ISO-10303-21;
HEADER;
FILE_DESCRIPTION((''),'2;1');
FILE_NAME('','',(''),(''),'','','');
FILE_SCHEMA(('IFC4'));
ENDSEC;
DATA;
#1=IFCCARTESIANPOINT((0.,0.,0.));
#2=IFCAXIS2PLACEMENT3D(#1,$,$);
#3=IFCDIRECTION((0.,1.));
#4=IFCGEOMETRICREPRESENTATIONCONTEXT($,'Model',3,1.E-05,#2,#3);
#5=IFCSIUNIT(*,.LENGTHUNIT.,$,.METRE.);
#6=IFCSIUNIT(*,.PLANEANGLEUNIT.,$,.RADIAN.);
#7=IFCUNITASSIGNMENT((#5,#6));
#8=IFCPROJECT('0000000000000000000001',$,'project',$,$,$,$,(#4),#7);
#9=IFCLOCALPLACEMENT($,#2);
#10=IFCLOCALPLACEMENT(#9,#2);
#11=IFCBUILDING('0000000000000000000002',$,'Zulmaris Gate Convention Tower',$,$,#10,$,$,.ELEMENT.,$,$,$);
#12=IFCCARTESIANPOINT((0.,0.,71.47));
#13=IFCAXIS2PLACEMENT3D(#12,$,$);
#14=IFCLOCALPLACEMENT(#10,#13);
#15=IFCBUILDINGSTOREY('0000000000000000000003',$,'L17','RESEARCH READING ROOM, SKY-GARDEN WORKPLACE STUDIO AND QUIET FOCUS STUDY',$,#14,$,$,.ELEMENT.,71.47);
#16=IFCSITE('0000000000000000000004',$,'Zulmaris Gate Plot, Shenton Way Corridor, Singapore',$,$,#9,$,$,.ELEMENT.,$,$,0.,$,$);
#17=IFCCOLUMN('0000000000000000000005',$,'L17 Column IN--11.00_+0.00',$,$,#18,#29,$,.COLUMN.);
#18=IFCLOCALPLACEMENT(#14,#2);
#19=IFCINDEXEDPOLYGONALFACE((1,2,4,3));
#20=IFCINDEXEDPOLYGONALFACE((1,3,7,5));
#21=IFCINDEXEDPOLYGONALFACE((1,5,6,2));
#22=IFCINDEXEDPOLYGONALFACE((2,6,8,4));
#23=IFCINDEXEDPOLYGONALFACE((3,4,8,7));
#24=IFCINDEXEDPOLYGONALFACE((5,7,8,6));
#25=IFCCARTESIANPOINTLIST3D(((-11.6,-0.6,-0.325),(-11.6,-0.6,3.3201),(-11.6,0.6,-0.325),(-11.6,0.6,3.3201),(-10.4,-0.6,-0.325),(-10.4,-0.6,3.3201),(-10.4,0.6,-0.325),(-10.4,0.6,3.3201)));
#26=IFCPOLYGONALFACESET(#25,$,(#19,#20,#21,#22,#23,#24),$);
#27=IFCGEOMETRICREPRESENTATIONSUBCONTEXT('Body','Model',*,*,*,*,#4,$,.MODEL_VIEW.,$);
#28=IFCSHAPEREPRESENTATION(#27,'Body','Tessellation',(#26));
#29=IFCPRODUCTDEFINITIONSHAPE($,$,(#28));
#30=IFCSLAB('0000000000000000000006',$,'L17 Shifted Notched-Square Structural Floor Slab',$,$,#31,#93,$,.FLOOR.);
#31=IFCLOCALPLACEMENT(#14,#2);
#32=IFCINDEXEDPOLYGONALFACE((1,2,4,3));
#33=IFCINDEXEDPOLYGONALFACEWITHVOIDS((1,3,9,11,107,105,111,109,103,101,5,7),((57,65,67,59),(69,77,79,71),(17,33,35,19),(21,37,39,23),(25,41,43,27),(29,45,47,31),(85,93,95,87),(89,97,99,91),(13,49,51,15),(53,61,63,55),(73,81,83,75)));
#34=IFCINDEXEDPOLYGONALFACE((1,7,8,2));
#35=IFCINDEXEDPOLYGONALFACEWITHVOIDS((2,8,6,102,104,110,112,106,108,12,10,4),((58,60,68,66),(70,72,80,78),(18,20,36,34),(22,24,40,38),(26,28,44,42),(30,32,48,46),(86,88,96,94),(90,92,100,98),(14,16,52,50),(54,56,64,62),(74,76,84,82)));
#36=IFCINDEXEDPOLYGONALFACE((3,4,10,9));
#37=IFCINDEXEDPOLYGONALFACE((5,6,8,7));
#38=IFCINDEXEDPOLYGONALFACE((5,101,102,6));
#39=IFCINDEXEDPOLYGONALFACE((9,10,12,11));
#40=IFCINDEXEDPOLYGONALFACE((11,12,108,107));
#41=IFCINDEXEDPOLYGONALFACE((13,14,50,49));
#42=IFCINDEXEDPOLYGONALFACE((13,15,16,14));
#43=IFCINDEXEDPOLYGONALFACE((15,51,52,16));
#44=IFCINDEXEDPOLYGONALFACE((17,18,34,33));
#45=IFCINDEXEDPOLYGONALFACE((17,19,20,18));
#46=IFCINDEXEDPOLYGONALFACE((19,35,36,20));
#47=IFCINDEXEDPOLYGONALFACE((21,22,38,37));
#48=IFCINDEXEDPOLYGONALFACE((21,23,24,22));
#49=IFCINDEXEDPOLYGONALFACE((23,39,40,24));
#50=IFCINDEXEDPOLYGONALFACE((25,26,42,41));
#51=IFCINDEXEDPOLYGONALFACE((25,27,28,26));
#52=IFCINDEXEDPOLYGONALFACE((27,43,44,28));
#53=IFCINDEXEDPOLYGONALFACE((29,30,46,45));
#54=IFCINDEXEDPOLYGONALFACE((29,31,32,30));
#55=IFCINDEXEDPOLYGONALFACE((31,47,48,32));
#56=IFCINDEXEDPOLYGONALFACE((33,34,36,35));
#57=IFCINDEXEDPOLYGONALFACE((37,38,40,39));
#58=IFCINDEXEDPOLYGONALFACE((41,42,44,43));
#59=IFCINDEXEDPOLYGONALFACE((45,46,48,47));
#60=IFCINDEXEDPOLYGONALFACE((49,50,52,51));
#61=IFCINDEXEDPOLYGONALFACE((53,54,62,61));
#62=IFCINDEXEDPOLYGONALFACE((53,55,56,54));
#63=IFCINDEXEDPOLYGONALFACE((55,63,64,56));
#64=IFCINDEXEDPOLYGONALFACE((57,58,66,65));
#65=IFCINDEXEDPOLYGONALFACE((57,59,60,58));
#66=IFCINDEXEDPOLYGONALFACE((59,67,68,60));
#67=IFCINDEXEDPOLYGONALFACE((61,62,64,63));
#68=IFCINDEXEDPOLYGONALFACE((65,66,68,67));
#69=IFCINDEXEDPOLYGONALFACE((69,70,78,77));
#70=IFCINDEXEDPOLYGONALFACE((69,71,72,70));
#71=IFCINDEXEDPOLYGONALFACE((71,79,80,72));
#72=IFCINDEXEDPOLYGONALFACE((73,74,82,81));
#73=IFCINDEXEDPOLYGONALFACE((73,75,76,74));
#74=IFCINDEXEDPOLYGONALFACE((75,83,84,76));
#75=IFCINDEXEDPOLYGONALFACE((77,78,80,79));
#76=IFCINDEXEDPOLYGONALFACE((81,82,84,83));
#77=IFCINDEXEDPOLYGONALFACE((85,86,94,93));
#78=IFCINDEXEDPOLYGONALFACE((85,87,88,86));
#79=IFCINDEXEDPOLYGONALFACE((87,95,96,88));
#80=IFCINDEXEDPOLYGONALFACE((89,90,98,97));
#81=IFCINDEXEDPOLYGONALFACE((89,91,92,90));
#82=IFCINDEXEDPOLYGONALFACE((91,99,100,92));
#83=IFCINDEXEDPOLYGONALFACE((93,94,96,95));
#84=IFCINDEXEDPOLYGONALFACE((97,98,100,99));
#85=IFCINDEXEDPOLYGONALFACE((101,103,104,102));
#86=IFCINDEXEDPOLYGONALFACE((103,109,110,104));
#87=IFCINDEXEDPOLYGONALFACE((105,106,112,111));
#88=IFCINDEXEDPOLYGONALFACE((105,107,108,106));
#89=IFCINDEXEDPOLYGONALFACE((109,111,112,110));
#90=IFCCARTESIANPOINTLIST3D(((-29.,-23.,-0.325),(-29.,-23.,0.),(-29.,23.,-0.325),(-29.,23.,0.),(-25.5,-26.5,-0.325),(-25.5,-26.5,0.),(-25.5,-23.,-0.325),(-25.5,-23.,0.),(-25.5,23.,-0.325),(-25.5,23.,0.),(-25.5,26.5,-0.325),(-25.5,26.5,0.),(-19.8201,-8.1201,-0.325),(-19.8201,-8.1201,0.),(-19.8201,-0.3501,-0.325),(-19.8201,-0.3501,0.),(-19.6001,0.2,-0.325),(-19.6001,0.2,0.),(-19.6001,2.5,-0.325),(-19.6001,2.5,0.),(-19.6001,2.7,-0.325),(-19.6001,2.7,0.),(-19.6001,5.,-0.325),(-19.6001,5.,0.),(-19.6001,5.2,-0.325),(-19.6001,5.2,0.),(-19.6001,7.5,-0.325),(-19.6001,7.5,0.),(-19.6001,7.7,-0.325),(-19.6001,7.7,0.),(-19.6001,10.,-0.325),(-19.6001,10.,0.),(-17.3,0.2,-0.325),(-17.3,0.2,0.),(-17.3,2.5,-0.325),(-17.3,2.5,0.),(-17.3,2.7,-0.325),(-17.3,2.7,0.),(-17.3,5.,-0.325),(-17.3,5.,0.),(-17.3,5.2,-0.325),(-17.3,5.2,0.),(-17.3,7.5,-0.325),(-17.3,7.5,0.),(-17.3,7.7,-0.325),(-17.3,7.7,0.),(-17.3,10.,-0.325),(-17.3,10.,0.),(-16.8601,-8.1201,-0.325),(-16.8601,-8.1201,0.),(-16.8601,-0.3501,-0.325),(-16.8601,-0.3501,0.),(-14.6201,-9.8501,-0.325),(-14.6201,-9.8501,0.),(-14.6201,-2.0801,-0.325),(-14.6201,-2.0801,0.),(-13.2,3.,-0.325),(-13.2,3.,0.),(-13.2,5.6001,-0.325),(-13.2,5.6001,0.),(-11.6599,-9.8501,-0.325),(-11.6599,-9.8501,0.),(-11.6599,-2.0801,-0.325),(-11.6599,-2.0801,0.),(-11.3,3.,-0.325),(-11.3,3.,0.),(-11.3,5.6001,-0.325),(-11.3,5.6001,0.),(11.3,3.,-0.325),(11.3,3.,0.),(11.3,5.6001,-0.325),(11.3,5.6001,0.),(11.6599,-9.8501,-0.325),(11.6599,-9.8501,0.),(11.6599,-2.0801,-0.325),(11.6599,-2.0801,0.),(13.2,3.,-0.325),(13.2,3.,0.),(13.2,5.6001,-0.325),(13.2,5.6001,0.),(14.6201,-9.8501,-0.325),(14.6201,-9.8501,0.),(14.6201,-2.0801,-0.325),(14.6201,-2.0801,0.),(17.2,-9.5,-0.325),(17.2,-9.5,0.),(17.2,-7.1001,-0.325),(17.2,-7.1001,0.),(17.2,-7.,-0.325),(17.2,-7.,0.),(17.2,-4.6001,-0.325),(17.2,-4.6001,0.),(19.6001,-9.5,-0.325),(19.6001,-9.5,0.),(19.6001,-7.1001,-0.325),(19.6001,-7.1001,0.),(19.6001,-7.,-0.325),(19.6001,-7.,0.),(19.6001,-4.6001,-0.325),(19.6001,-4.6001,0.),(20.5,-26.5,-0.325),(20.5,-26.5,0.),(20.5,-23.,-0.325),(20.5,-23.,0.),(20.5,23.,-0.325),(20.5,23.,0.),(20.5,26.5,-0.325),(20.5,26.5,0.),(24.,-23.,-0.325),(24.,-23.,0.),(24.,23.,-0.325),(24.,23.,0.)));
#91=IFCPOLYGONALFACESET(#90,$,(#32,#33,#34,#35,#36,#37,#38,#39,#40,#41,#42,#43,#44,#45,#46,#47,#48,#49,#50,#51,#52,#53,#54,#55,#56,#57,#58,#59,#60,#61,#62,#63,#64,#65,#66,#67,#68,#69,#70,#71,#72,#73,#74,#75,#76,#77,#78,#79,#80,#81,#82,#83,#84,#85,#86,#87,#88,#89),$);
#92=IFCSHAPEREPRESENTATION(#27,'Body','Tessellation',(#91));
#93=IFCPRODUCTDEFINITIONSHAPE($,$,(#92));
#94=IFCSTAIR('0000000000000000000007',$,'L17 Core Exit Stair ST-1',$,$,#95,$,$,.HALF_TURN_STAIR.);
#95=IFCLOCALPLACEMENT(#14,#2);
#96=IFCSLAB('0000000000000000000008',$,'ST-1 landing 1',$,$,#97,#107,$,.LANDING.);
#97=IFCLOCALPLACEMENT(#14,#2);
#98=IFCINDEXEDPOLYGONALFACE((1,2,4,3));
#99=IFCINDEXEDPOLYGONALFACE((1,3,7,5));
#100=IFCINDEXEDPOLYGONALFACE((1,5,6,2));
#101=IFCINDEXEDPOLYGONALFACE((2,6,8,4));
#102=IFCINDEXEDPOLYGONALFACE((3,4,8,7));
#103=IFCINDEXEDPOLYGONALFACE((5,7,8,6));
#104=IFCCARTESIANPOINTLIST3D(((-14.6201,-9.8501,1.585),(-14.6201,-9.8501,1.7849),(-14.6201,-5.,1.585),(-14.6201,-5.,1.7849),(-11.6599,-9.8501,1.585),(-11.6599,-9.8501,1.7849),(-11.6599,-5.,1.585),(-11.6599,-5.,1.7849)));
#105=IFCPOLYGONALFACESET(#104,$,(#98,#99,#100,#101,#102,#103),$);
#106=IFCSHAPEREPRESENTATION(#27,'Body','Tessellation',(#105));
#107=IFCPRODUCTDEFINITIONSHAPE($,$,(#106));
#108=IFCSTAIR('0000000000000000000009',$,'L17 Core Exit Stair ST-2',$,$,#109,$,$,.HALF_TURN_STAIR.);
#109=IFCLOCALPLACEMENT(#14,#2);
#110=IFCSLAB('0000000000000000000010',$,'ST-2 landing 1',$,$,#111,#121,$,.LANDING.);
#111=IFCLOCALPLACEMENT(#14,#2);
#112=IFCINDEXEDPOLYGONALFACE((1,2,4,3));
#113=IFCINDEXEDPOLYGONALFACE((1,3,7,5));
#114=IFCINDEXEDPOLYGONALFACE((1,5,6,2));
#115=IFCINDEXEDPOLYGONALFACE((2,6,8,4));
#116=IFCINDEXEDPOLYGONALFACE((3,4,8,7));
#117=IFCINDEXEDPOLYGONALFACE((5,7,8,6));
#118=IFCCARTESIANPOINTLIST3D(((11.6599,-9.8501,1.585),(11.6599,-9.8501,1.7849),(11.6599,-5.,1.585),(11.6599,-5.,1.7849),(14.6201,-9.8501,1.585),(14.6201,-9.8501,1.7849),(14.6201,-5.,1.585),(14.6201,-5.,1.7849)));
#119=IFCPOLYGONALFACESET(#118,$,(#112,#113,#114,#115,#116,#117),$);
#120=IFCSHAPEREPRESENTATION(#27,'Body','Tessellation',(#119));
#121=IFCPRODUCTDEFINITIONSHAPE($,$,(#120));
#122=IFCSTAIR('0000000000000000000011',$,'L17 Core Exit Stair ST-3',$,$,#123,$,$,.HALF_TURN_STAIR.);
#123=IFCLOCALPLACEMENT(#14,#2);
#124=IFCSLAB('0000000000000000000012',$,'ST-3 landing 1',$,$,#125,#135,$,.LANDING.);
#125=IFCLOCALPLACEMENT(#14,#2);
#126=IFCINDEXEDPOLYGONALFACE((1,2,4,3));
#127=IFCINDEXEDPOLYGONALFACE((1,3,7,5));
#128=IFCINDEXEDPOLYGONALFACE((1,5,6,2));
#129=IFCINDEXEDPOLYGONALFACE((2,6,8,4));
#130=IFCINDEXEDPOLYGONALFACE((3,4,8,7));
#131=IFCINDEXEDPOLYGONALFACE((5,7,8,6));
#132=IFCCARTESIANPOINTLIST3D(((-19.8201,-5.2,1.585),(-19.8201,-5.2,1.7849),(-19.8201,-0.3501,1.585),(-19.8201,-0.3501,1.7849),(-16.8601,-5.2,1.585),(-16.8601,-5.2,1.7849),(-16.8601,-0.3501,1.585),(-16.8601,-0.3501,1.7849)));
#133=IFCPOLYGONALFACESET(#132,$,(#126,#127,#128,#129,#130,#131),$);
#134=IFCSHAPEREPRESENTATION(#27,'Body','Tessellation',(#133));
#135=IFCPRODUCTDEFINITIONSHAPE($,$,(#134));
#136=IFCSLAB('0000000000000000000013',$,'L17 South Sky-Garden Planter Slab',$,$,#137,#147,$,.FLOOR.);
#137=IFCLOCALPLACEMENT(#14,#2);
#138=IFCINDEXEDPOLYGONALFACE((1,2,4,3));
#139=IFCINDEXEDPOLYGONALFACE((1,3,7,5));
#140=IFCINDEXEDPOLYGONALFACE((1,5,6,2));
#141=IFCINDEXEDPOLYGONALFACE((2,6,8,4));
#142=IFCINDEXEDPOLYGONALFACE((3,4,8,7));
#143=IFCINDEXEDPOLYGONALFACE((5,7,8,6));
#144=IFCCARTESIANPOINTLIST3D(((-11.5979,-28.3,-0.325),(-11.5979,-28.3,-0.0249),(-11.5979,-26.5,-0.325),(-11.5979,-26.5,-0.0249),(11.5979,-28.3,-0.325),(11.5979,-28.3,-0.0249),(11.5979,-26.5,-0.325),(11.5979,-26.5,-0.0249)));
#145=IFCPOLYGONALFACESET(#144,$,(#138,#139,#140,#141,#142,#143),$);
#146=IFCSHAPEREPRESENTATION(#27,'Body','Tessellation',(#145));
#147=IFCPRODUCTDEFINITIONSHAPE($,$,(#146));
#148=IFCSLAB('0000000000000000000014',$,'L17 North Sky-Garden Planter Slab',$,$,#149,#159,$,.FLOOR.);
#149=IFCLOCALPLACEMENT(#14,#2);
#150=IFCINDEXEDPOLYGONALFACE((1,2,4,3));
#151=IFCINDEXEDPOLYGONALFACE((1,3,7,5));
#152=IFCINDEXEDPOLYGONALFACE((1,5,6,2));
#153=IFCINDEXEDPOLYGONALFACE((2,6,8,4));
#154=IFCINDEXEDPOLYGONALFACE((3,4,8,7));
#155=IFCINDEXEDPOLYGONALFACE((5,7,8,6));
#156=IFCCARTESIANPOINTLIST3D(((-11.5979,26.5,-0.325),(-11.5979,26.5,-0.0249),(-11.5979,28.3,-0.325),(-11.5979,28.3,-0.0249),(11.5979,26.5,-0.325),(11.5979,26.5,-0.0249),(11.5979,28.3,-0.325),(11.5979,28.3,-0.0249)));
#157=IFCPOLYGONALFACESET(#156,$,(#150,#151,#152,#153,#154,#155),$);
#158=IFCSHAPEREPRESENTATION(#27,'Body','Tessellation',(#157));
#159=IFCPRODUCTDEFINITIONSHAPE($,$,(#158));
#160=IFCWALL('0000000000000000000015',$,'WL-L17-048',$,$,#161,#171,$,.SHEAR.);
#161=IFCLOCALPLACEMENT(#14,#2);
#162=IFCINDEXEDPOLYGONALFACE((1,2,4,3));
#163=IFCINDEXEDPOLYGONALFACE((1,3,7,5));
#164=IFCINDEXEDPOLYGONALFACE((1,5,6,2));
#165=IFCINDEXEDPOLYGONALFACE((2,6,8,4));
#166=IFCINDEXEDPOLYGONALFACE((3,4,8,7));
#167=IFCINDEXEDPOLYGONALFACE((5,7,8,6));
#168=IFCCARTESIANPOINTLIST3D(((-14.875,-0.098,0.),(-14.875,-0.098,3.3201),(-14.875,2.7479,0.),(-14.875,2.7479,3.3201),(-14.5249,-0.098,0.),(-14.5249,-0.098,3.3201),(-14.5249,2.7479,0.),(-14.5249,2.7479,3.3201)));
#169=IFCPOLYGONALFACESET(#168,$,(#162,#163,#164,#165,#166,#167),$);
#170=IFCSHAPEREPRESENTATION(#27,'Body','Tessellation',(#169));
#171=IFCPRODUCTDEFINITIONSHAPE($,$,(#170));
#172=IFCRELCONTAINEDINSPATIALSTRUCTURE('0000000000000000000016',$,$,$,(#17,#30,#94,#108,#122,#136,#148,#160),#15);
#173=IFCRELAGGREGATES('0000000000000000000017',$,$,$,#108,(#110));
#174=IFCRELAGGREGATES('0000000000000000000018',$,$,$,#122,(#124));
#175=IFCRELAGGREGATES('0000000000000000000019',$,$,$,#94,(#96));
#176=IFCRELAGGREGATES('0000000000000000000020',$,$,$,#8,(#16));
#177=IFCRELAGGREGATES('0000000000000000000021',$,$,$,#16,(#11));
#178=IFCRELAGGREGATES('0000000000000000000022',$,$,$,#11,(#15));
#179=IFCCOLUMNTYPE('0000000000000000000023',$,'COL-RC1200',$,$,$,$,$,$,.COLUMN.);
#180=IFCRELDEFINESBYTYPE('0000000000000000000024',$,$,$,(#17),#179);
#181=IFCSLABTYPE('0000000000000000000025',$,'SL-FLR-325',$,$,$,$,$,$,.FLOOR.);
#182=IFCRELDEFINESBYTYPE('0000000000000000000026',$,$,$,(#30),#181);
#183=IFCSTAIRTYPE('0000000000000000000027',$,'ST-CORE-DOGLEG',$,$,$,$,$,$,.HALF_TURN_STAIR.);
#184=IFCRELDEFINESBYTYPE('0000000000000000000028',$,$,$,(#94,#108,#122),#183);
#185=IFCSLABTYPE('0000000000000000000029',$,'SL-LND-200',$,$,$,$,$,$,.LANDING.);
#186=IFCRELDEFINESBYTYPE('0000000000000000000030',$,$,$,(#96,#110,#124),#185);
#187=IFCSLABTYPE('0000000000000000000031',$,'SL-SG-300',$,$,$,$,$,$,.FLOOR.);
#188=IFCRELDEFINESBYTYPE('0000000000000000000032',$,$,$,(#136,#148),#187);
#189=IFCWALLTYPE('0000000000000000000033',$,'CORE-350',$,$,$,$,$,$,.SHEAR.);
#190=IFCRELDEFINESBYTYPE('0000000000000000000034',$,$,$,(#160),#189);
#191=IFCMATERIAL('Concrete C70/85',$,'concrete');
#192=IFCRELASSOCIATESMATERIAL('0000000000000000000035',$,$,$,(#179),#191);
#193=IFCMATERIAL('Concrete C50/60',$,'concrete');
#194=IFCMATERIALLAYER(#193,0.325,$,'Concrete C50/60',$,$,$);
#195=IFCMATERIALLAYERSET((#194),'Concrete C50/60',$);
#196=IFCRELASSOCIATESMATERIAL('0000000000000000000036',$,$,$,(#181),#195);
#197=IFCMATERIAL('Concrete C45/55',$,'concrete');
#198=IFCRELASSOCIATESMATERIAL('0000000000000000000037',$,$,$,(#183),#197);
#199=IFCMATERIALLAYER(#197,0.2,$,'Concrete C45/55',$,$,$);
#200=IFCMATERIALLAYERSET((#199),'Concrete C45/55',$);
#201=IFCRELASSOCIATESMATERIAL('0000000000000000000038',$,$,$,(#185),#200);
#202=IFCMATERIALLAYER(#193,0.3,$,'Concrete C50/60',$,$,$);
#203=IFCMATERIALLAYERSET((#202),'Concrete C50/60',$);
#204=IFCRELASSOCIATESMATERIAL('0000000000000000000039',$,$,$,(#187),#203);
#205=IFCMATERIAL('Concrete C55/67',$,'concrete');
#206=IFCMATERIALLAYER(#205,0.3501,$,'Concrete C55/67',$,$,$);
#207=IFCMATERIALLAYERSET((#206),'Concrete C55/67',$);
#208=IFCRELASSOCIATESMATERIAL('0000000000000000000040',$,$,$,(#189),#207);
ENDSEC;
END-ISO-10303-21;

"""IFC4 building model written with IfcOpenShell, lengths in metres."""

from ifc_helpers import new_model, si_unit, direction, frame, frame_2d, origin, origin_2d, place, context, subcontext, project, spatial, polyline, rectangle, outline, extrude, material, layer, layer_set, material_profile, profile_set, type_object, element, aggregate, save


model = new_model("IFC4")

# Units and contexts
model_context = context("Model", 3, precision=1e-05, world=origin(), true_north=direction((0.0, 1.0)))
body_context = subcontext(model_context, "Body", "Model", "MODEL_VIEW")
ifc_project = project(units=[si_unit("LENGTHUNIT", "METRE"), si_unit("PLANEANGLEUNIT", "RADIAN")], contexts=[model_context])

# Site, building, storey
site_placement = place(None, origin())
site = spatial("IfcSite", under=ifc_project, at=site_placement, Name="Zulmaris Gate Plot, Shenton Way Corridor, Singapore", CompositionType="ELEMENT", RefElevation=0.0)
building_placement = place(site_placement, origin())
building = spatial("IfcBuilding", under=site, at=building_placement, Name="Zulmaris Gate Convention Tower", CompositionType="ELEMENT")
storey_placement = place(building_placement, frame((0.0, 0.0, 71.47)))
storey = spatial("IfcBuildingStorey", under=building, at=storey_placement, Name="L17", Description="RESEARCH READING ROOM, SKY-GARDEN WORKPLACE STUDIO AND QUIET FOCUS STUDY", CompositionType="ELEMENT", Elevation=71.47)

# Column
ifc_material_1 = material(Name="Concrete C70/85", Category="concrete")
ifc_material_profile = material_profile(ifc_material_1, rectangle(XDim=1.2, YDim=1.2, at=origin_2d()), Name="RC COL 1200x1200")
ifc_profile_set = profile_set([ifc_material_profile], Name="Concrete C70/85")
column_type = type_object("IfcColumnType", Name="COL-RC1200", PredefinedType="COLUMN", material=ifc_profile_set)
column_placement = place(storey_placement, frame((-11.0, 0.0, -0.325), z_axis=(0.0, 0.0, 1.0), x_axis=(1.0, 0.0, 0.0)))
element("IfcColumn", 1, at=column_placement, inside=storey, type_object=column_type, Name="L17 Column IN--11.00_+0.00", PredefinedType="COLUMN", context=body_context, shape_type="SweptSolid", body=[
    extrude(rectangle(XDim=1.2, YDim=1.2, at=origin_2d()), origin(), (0.0, 0.0, 1.0), 3.645),
])

# Slab
ifc_material_2 = material(Name="Concrete C50/60", Category="concrete")
ifc_layer_1 = layer(ifc_material_2, 0.325, Name="Concrete C50/60")
ifc_layer_set_1 = layer_set([ifc_layer_1], Name="Concrete C50/60")
slab_type_1 = type_object("IfcSlabType", Name="SL-FLR-325", PredefinedType="FLOOR", material=ifc_layer_set_1)
slab_1_placement = place(storey_placement, frame((0.0, 0.0, -0.325)))
element("IfcSlab", 2, at=slab_1_placement, inside=storey, type_object=slab_type_1, Name="L17 Shifted Notched-Square Structural Floor Slab", PredefinedType="FLOOR", context=body_context, shape_type="SweptSolid", body=[
    extrude(outline(polyline([(-25.5, -26.5), (20.5, -26.5), (20.5, -23.0), (24.0, -23.0), (24.0, 23.0), (20.5, 23.0), (20.5, 26.5), (-25.5, 26.5), (-25.5, 23.0), (-29.0, 23.0), (-29.0, -23.0), (-25.5, -23.0), (-25.5, -26.5)]), holes=[polyline([(-14.6201, -2.0801), (-14.6201, -9.8501), (-11.6599, -9.8501), (-11.6599, -2.0801), (-14.6201, -2.0801)]), polyline([(11.6599, -2.0801), (11.6599, -9.8501), (14.6201, -9.8501), (14.6201, -2.0801), (11.6599, -2.0801)]), polyline([(-16.8601, -8.1201), (-16.8601, -0.3501), (-19.8201, -0.3501), (-19.8201, -8.1201), (-16.8601, -8.1201)]), polyline([(-13.2, 3.0), (-11.3, 3.0), (-11.3, 5.6001), (-13.2, 5.6001), (-13.2, 3.0)]), polyline([(11.3, 3.0), (13.2, 3.0), (13.2, 5.6001), (11.3, 5.6001), (11.3, 3.0)]), polyline([(-19.6001, 0.2), (-17.3, 0.2), (-17.3, 2.5), (-19.6001, 2.5), (-19.6001, 0.2)]), polyline([(-19.6001, 2.7), (-17.3, 2.7), (-17.3, 5.0), (-19.6001, 5.0), (-19.6001, 2.7)]), polyline([(-19.6001, 5.2), (-17.3, 5.2), (-17.3, 7.5), (-19.6001, 7.5), (-19.6001, 5.2)]), polyline([(-19.6001, 7.7), (-17.3, 7.7), (-17.3, 10.0), (-19.6001, 10.0), (-19.6001, 7.7)]), polyline([(17.2, -9.5), (19.6001, -9.5), (19.6001, -7.1001), (17.2, -7.1001), (17.2, -9.5)]), polyline([(17.2, -7.0), (19.6001, -7.0), (19.6001, -4.6001), (17.2, -4.6001), (17.2, -7.0)])]), origin(), (0.0, 0.0, 1.0), 0.325),
])

# Stairs, slabs
ifc_material_3 = material(Name="Concrete C45/55", Category="concrete")
stair_type = type_object("IfcStairType", Name="ST-CORE-DOGLEG", PredefinedType="HALF_TURN_STAIR", material=ifc_material_3)
stair_1_placement = place(storey_placement, origin())
stair_1 = element("IfcStair", 3, at=stair_1_placement, inside=storey, type_object=stair_type, Name="L17 Core Exit Stair ST-1", PredefinedType="HALF_TURN_STAIR")
ifc_layer_2 = layer(ifc_material_3, 0.2, Name="Concrete C45/55")
ifc_layer_set_2 = layer_set([ifc_layer_2], Name="Concrete C45/55")
slab_type_2 = type_object("IfcSlabType", Name="SL-LND-200", PredefinedType="LANDING", material=ifc_layer_set_2)
slab_2_placement = place(storey_placement, frame((0.0, 0.0, 1.585)))
slab_2 = element("IfcSlab", 4, at=slab_2_placement, type_object=slab_type_2, Name="ST-1 landing 1", PredefinedType="LANDING", context=body_context, shape_type="SweptSolid", body=[
    extrude(outline(polyline([(-14.6201, -5.0), (-14.6201, -9.8501), (-11.6599, -9.8501), (-11.6599, -5.0), (-14.6201, -5.0)])), origin(), (0.0, 0.0, 1.0), 0.2),
])
stair_2_placement = place(storey_placement, origin())
stair_2 = element("IfcStair", 5, at=stair_2_placement, inside=storey, type_object=stair_type, Name="L17 Core Exit Stair ST-2", PredefinedType="HALF_TURN_STAIR")
slab_3_placement = place(storey_placement, frame((0.0, 0.0, 1.585)))
slab_3 = element("IfcSlab", 6, at=slab_3_placement, type_object=slab_type_2, Name="ST-2 landing 1", PredefinedType="LANDING", context=body_context, shape_type="SweptSolid", body=[
    extrude(outline(polyline([(11.6599, -5.0), (11.6599, -9.8501), (14.6201, -9.8501), (14.6201, -5.0), (11.6599, -5.0)])), origin(), (0.0, 0.0, 1.0), 0.2),
])
aggregate(stair_2, [slab_3])
stair_3_placement = place(storey_placement, origin())
stair_3 = element("IfcStair", 7, at=stair_3_placement, inside=storey, type_object=stair_type, Name="L17 Core Exit Stair ST-3", PredefinedType="HALF_TURN_STAIR")
slab_4_placement = place(storey_placement, frame((0.0, 0.0, 1.585)))
slab_4 = element("IfcSlab", 8, at=slab_4_placement, type_object=slab_type_2, Name="ST-3 landing 1", PredefinedType="LANDING", context=body_context, shape_type="SweptSolid", body=[
    extrude(outline(polyline([(-16.8601, -5.2), (-16.8601, -0.3501), (-19.8201, -0.3501), (-19.8201, -5.2), (-16.8601, -5.2)])), origin(), (0.0, 0.0, 1.0), 0.2),
])
aggregate(stair_3, [slab_4])

# Slabs
ifc_layer_3 = layer(ifc_material_2, 0.3, Name="Concrete C50/60")
ifc_layer_set_3 = layer_set([ifc_layer_3], Name="Concrete C50/60")
slab_type_3 = type_object("IfcSlabType", Name="SL-SG-300", PredefinedType="FLOOR", material=ifc_layer_set_3)
slab_5_placement = place(storey_placement, frame((0.0, 0.0, -0.325)))
element("IfcSlab", 9, at=slab_5_placement, inside=storey, type_object=slab_type_3, Name="L17 South Sky-Garden Planter Slab", PredefinedType="FLOOR", context=body_context, shape_type="SweptSolid", body=[
    extrude(outline(polyline([(-11.5979, -28.3), (-11.5979, -26.5), (11.5979, -26.5), (11.5979, -28.3), (-11.5979, -28.3)])), origin(), (0.0, 0.0, 1.0), 0.3),
])
slab_6_placement = place(storey_placement, frame((0.0, 0.0, -0.325)))
element("IfcSlab", 10, at=slab_6_placement, inside=storey, type_object=slab_type_3, Name="L17 North Sky-Garden Planter Slab", PredefinedType="FLOOR", context=body_context, shape_type="SweptSolid", body=[
    extrude(outline(polyline([(11.5979, 28.3), (11.5979, 26.5), (-11.5979, 26.5), (-11.5979, 28.3), (11.5979, 28.3)])), origin(), (0.0, 0.0, 1.0), 0.3),
])

# Wall
ifc_material_4 = material(Name="Concrete C55/67", Category="concrete")
ifc_layer_4 = layer(ifc_material_4, 0.3501, Name="Concrete C55/67")
ifc_layer_set_4 = layer_set([ifc_layer_4], Name="Concrete C55/67")
wall_type_1 = type_object("IfcWallType", Name="CORE-350", PredefinedType="SHEAR", material=ifc_layer_set_4)
wall_1_placement = place(storey_placement, frame((-14.7, -0.0979, 0.0), z_axis=(0.0, 0.0, 1.0), x_axis=(0.0, 1.0, 0.0)))
element("IfcWall", 11, at=wall_1_placement, inside=storey, type_object=wall_type_1, Name="WL-L17-048", PredefinedType="SHEAR", context=body_context, shape_type="SweptSolid", body=[
    extrude(rectangle(XDim=2.8459, YDim=0.3501, at=frame_2d((1.4229, 0.0))), origin(), (0.0, 0.0, 1.0), 3.3201),
])

aggregate(stair_1, [slab_2])

save(model, "model.ifc")
